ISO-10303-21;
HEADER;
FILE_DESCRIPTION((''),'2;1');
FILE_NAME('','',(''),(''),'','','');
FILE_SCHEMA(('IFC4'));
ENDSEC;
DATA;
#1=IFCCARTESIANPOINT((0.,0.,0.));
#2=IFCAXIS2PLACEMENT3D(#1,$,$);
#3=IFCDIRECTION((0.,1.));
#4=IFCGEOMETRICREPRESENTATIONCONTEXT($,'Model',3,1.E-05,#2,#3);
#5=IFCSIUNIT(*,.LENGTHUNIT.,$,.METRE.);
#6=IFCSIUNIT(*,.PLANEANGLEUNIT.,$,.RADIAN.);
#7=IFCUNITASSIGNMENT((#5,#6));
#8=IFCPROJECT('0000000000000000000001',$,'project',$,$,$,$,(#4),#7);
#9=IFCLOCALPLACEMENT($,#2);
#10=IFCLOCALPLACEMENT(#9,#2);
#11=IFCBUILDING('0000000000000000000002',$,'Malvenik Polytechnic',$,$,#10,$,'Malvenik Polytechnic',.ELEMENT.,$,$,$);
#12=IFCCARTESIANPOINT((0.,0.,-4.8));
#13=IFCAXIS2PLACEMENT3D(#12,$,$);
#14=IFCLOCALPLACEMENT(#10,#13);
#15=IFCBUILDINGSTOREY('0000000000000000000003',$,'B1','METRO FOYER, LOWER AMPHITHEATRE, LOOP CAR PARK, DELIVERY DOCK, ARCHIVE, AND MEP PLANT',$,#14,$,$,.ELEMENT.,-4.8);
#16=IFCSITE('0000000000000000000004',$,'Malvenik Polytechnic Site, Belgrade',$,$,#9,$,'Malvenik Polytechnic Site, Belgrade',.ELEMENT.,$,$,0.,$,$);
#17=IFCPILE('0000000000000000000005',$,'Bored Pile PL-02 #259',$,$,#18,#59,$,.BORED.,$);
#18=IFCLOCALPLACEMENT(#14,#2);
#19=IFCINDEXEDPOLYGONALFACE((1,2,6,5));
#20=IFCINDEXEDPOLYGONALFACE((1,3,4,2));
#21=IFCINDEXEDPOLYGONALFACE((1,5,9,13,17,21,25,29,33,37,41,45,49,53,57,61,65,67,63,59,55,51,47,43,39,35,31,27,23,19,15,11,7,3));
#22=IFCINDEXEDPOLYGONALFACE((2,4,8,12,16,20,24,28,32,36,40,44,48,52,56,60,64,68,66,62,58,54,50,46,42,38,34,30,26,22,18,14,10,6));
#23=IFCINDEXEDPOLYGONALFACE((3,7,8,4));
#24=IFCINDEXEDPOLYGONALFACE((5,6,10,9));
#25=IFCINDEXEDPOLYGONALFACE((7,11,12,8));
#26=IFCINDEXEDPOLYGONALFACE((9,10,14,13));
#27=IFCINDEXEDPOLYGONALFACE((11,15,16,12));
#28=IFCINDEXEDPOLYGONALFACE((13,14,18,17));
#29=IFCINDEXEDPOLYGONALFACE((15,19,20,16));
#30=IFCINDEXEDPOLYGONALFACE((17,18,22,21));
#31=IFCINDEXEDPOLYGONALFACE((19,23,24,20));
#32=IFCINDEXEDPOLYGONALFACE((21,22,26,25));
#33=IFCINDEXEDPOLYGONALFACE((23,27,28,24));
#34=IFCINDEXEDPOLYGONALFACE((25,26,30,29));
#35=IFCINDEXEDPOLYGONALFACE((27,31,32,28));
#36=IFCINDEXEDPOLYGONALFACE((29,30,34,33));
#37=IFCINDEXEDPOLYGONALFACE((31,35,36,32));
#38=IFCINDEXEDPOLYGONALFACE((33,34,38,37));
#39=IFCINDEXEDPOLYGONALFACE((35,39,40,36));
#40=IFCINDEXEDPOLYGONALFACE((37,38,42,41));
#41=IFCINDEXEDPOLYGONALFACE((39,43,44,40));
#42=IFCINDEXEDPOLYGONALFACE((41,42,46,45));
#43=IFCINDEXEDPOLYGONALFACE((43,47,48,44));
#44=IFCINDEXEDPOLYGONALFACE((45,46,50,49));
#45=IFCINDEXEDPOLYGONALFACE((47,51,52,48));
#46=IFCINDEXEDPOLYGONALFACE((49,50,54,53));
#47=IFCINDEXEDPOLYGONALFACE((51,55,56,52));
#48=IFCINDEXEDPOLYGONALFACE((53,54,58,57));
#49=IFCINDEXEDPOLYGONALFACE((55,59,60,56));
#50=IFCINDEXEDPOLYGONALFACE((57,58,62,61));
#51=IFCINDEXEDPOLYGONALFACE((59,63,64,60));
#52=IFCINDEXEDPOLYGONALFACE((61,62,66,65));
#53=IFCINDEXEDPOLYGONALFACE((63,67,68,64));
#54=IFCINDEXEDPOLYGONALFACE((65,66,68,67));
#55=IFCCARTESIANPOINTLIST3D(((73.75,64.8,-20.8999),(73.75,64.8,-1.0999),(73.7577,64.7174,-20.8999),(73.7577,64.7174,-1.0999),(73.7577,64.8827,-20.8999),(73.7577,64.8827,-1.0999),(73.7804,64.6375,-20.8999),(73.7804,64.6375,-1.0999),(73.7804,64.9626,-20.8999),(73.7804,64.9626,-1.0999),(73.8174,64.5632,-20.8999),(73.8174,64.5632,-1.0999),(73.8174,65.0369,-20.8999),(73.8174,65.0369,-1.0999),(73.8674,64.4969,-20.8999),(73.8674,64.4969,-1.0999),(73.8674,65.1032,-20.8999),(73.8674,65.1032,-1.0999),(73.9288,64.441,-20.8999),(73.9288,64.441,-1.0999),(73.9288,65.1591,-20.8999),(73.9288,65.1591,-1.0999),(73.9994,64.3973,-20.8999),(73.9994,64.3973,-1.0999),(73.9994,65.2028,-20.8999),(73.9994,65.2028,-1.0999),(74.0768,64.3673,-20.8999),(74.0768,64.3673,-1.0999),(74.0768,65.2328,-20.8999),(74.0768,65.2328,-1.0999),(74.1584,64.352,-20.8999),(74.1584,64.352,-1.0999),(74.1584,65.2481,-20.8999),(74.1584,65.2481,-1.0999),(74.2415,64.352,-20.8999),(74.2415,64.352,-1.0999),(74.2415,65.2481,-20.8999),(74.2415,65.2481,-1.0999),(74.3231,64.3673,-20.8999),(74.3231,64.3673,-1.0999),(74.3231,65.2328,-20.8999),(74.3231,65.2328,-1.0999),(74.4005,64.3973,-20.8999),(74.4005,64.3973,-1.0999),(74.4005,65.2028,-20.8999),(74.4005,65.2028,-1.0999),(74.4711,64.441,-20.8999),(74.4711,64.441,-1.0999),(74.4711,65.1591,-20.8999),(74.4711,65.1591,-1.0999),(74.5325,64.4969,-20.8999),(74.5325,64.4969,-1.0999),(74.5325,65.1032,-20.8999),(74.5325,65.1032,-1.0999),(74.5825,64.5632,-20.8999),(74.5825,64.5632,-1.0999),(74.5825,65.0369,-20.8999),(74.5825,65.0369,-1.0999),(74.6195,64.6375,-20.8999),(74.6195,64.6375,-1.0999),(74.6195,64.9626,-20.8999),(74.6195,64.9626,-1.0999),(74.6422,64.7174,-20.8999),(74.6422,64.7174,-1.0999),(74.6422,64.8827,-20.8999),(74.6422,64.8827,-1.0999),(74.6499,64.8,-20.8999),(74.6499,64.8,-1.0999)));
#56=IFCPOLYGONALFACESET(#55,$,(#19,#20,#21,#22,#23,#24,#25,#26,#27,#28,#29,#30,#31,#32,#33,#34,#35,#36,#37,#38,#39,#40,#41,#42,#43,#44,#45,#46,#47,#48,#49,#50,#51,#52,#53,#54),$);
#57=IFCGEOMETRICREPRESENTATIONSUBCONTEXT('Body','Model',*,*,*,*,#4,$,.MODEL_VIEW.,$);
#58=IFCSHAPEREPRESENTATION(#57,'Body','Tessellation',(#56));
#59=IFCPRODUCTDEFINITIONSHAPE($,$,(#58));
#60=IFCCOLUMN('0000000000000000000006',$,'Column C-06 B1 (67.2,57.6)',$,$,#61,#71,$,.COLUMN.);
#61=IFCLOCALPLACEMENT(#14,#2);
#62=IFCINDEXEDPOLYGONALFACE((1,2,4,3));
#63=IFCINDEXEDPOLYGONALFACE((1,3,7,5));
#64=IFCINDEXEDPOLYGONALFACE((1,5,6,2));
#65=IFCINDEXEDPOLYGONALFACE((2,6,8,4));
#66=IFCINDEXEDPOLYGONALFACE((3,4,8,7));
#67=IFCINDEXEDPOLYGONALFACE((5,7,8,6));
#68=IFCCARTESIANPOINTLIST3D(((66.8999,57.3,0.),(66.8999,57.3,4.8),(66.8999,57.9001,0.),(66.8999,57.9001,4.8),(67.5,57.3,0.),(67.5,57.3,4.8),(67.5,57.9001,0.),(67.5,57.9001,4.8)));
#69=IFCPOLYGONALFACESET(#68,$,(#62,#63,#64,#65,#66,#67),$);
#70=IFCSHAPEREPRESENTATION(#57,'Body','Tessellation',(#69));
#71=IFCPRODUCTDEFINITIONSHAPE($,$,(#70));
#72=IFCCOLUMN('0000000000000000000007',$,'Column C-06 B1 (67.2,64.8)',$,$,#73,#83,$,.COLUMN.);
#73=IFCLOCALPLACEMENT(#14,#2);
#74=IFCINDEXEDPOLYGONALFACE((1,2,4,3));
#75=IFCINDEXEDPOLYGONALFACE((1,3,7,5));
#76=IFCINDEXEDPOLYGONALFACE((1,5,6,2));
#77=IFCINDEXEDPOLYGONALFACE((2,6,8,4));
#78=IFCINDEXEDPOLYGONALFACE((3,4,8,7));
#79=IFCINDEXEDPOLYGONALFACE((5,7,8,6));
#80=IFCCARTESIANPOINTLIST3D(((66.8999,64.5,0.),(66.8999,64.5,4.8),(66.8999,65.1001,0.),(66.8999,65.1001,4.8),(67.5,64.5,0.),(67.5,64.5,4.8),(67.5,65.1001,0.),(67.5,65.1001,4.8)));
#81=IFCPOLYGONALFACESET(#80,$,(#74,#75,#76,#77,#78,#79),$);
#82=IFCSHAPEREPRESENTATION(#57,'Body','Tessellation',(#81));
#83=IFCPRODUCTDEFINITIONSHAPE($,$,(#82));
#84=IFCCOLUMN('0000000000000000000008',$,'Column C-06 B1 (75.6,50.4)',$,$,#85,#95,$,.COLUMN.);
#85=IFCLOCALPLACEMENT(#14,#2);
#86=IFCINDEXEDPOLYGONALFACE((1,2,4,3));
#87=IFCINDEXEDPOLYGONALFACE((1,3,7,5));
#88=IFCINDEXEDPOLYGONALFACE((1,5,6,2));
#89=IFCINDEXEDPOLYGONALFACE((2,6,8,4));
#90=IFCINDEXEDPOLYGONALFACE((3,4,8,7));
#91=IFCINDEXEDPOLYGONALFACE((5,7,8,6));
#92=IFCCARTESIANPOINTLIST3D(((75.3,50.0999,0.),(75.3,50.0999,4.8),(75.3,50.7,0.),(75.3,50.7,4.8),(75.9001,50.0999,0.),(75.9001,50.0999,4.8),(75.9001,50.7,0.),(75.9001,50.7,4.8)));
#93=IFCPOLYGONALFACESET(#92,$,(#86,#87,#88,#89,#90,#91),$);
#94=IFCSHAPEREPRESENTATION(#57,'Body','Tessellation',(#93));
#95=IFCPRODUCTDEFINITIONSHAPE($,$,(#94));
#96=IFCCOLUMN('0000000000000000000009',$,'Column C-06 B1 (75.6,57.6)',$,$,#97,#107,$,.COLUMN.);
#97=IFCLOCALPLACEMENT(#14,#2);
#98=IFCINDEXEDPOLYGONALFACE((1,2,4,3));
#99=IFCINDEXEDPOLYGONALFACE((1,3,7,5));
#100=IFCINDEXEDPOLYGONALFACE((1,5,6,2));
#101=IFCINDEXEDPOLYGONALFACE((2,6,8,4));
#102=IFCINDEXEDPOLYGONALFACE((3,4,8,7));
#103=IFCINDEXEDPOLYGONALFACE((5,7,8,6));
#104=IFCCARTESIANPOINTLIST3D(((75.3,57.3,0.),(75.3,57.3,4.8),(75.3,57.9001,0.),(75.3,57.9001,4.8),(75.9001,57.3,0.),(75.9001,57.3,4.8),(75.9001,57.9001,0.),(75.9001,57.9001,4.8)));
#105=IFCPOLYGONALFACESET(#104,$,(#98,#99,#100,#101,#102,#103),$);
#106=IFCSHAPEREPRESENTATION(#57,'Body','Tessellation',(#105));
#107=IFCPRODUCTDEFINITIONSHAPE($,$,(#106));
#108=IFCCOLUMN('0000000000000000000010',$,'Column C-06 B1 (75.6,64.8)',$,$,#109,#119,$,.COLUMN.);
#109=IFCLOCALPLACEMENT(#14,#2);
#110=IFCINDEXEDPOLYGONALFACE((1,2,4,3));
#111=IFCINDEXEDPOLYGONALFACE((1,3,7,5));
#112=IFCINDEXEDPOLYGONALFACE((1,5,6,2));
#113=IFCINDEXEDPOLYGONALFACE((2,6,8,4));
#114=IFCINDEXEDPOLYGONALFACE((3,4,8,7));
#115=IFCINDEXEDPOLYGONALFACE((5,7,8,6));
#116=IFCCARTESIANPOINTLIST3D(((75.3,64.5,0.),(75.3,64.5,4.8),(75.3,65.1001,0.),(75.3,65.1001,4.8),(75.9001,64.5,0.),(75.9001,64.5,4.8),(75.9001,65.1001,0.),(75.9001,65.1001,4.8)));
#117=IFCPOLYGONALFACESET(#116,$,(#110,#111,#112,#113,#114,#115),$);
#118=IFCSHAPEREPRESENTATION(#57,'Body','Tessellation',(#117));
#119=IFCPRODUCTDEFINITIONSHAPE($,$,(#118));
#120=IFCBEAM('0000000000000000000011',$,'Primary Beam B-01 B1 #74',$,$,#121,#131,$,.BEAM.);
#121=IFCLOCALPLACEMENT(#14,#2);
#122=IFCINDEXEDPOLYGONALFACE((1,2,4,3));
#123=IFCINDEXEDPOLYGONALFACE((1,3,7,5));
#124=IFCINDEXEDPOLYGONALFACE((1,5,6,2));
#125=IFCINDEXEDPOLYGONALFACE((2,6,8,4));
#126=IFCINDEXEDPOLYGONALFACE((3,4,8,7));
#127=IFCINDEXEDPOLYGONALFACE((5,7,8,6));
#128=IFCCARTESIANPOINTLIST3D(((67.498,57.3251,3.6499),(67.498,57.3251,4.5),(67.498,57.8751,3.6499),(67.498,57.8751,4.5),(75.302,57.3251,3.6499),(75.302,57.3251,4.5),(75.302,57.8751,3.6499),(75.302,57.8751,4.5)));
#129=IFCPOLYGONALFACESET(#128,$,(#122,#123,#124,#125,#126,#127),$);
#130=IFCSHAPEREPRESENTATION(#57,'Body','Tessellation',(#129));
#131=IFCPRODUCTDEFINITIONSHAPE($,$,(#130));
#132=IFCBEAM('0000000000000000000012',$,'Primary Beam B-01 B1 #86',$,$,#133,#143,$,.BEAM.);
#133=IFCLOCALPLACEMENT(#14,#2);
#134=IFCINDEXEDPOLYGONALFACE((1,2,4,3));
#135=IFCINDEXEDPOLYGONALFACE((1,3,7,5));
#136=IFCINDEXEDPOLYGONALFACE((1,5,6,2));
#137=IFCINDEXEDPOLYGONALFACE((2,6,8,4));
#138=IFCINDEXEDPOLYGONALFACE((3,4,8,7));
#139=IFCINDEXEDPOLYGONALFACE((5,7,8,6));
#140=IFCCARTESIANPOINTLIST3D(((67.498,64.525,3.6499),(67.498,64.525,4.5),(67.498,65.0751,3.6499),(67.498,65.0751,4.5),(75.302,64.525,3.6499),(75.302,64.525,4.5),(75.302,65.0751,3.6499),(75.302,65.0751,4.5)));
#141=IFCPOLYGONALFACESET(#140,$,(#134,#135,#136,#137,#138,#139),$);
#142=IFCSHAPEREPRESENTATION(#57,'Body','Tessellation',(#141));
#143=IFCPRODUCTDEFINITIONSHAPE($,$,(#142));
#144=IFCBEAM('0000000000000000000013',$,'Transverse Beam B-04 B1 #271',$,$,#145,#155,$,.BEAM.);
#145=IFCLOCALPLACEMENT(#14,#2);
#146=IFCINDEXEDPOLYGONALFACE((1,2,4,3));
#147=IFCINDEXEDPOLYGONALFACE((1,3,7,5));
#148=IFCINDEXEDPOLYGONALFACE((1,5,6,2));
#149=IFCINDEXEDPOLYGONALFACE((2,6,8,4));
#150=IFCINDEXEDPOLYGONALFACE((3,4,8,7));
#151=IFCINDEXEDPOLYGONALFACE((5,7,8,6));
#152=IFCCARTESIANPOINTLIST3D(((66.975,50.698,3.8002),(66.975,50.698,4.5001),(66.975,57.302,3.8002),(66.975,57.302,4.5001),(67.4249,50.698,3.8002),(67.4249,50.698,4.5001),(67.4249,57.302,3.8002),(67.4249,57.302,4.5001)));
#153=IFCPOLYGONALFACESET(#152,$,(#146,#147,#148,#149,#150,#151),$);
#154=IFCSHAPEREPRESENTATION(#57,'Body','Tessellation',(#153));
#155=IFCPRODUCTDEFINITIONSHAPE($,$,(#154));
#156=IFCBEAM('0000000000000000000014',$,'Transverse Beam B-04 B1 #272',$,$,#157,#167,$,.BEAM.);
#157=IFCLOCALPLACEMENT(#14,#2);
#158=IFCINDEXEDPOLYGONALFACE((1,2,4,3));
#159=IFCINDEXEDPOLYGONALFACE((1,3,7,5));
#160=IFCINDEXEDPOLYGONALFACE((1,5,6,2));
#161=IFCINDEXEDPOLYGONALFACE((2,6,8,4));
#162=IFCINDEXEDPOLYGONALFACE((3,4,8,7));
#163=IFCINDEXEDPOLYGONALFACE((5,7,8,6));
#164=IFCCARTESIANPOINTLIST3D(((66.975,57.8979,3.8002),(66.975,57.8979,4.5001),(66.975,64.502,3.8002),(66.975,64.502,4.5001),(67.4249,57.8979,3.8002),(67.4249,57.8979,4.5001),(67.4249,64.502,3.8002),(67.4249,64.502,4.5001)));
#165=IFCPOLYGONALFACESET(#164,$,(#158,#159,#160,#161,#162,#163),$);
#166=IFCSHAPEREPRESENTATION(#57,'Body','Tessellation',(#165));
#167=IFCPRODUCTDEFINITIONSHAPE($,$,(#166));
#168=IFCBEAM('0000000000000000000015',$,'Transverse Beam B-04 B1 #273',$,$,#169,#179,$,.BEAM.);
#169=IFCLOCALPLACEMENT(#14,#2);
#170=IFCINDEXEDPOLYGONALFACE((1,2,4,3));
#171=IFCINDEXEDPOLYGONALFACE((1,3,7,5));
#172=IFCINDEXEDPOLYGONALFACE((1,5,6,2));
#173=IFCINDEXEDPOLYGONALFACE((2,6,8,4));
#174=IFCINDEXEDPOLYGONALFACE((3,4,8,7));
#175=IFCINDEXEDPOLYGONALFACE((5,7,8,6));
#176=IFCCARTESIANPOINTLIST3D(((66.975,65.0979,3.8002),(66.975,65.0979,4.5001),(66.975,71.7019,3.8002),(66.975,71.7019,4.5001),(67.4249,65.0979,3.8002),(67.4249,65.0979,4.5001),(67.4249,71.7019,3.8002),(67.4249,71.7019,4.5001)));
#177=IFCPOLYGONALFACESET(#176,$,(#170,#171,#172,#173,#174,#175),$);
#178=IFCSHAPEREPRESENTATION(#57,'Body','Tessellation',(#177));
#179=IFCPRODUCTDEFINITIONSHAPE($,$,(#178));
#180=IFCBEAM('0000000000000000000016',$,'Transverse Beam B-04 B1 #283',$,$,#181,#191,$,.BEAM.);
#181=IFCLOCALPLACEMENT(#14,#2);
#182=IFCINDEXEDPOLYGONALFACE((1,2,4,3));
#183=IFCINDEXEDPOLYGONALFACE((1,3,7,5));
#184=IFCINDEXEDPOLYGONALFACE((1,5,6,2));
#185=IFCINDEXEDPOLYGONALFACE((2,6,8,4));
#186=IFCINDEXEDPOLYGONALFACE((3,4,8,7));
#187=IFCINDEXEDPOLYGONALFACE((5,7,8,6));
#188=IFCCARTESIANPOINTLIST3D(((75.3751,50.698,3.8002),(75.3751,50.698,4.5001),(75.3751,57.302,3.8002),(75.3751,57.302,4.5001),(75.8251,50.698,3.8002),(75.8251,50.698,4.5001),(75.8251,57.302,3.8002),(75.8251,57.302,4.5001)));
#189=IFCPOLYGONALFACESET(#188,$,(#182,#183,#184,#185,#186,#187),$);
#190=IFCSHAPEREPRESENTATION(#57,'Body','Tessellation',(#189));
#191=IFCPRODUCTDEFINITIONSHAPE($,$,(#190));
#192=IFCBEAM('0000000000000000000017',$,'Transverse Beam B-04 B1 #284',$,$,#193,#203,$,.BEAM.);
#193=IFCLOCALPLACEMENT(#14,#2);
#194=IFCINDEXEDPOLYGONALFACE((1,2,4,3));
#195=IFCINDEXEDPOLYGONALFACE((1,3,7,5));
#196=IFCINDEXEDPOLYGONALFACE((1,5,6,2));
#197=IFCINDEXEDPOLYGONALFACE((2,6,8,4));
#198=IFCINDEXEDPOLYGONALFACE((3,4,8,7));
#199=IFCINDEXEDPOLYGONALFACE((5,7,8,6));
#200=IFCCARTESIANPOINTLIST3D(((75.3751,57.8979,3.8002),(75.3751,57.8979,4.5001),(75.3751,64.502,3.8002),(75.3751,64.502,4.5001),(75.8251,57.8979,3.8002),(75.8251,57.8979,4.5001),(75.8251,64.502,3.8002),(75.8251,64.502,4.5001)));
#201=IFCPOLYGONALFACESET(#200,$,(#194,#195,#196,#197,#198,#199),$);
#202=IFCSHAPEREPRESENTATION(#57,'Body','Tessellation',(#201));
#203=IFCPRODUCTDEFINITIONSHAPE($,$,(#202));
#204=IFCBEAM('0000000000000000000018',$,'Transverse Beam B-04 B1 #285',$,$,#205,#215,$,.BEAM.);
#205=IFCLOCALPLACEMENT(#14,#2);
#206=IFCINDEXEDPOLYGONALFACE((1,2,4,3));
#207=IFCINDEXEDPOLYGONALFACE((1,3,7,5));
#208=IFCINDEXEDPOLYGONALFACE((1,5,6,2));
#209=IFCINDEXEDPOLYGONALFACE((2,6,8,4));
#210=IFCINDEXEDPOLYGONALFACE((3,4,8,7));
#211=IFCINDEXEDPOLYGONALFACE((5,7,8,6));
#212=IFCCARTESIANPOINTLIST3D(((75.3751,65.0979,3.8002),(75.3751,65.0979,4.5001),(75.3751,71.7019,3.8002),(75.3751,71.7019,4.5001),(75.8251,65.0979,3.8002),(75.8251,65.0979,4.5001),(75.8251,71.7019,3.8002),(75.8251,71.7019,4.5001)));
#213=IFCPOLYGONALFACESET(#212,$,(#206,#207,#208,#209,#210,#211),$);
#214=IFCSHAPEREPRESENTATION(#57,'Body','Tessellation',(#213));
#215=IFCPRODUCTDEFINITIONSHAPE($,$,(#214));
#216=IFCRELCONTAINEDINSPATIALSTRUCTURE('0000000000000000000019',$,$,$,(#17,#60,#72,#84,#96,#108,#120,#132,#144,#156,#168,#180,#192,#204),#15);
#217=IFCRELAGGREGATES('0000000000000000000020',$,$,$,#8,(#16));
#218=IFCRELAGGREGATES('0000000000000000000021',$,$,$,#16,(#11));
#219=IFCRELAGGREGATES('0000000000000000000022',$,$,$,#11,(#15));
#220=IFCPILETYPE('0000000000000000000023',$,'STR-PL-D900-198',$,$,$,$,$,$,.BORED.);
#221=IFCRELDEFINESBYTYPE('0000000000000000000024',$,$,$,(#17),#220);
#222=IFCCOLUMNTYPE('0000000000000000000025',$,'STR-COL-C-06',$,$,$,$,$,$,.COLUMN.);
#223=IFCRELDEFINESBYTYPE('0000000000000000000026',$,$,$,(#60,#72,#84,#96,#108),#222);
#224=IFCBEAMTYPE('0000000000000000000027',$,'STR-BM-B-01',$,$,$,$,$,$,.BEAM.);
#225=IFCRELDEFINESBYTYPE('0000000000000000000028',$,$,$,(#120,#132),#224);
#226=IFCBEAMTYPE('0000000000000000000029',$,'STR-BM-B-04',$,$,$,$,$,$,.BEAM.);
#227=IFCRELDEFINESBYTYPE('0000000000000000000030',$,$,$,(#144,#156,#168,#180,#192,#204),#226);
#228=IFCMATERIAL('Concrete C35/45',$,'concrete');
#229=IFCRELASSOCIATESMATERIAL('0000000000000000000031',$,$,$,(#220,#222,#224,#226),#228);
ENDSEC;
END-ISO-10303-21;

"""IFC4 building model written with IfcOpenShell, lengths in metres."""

from ifc_helpers import new_model, si_unit, direction, frame, origin, origin_2d, place, context, subcontext, project, spatial, rectangle, circle, extrude, material, material_profile, profile_set, type_object, element, save


model = new_model("IFC4")

# Units and contexts
model_context = context("Model", 3, precision=1e-05, world=origin(), true_north=direction((0.0, 1.0)))
body_context = subcontext(model_context, "Body", "Model", "MODEL_VIEW")
ifc_project = project(units=[si_unit("LENGTHUNIT", "METRE"), si_unit("PLANEANGLEUNIT", "RADIAN")], contexts=[model_context])

# Site, building, storey
site_placement = place(None, origin())
site = spatial("IfcSite", under=ifc_project, at=site_placement, Name="Malvenik Polytechnic Site, Belgrade", LongName="Malvenik Polytechnic Site, Belgrade", CompositionType="ELEMENT", RefElevation=0.0)
building_placement = place(site_placement, origin())
building = spatial("IfcBuilding", under=site, at=building_placement, Name="Malvenik Polytechnic", LongName="Malvenik Polytechnic", CompositionType="ELEMENT")
storey_placement = place(building_placement, frame((0.0, 0.0, -4.8)))
storey = spatial("IfcBuildingStorey", under=building, at=storey_placement, Name="B1", Description="METRO FOYER, LOWER AMPHITHEATRE, LOOP CAR PARK, DELIVERY DOCK, ARCHIVE, AND MEP PLANT", CompositionType="ELEMENT", Elevation=-4.8)

# Shared definitions
ifc_material_1 = material(Name="Concrete C35/45", Category="concrete")

# Pile
ifc_material_profile_1 = material_profile(ifc_material_1, circle(Radius=0.45, at=origin_2d()), Name="BORED PILE D900")
ifc_profile_set_1 = profile_set([ifc_material_profile_1], Name="Concrete C35/45")
pile_type = type_object("IfcPileType", Name="STR-PL-D900-198", PredefinedType="BORED", material=ifc_profile_set_1)
for number, where, z_axis, x_axis, name in (
    (1, (74.2, 64.8, -1.0999), (0.0, 0.0, -1.0), (1.0, 0.0, 0.0), "Bored Pile PL-02 #259"),
):
    element("IfcPile", number, at=place(storey_placement, frame(where, z_axis=z_axis, x_axis=x_axis)), inside=storey, type_object=pile_type, Name=name, PredefinedType="BORED", context=body_context, shape_type="SweptSolid", body=[
        extrude(circle(Radius=0.45, at=origin_2d()), origin(), (0.0, 0.0, 1.0), 19.8),
    ])

# Columns
ifc_material_profile_2 = material_profile(ifc_material_1, rectangle(XDim=0.6001, YDim=0.6001, at=origin_2d()), Name="RC COL 600x600")
ifc_profile_set_2 = profile_set([ifc_material_profile_2], Name="Concrete C35/45")
column_type = type_object("IfcColumnType", Name="STR-COL-C-06", PredefinedType="COLUMN", material=ifc_profile_set_2)
for number, where, z_axis, x_axis, name in (
    (2, (67.2, 57.6001, 0.0), (0.0, 0.0, 1.0), (1.0, 0.0, 0.0), "Column C-06 B1 (67.2,57.6)"),
    (3, (67.2, 64.8, 0.0), (0.0, 0.0, 1.0), (1.0, 0.0, 0.0), "Column C-06 B1 (67.2,64.8)"),
    (4, (75.6001, 50.3999, 0.0), (0.0, 0.0, 1.0), (1.0, 0.0, 0.0), "Column C-06 B1 (75.6,50.4)"),
    (5, (75.6001, 57.6001, 0.0), (0.0, 0.0, 1.0), (1.0, 0.0, 0.0), "Column C-06 B1 (75.6,57.6)"),
    (6, (75.6001, 64.8, 0.0), (0.0, 0.0, 1.0), (1.0, 0.0, 0.0), "Column C-06 B1 (75.6,64.8)"),
):
    element("IfcColumn", number, at=place(storey_placement, frame(where, z_axis=z_axis, x_axis=x_axis)), inside=storey, type_object=column_type, Name=name, PredefinedType="COLUMN", context=body_context, shape_type="SweptSolid", body=[
        extrude(rectangle(XDim=0.6001, YDim=0.6001, at=origin_2d()), origin(), (0.0, 0.0, 1.0), 4.8),
    ])

# Beams
ifc_material_profile_3 = material_profile(ifc_material_1, rectangle(XDim=0.55, YDim=0.8501, at=origin_2d()), Name="RC BM 550x850")
ifc_profile_set_3 = profile_set([ifc_material_profile_3], Name="Concrete C35/45")
beam_type_1 = type_object("IfcBeamType", Name="STR-BM-B-01", PredefinedType="BEAM", material=ifc_profile_set_3)
for number, where, z_axis, x_axis, name in (
    (7, (67.498, 57.6001, 4.075), (1.0, 0.0, 0.0), (0.0, 1.0, 0.0), "Primary Beam B-01 B1 #74"),
    (8, (67.498, 64.8, 4.075), (1.0, 0.0, 0.0), (0.0, 1.0, 0.0), "Primary Beam B-01 B1 #86"),
):
    element("IfcBeam", number, at=place(storey_placement, frame(where, z_axis=z_axis, x_axis=x_axis)), inside=storey, type_object=beam_type_1, Name=name, PredefinedType="BEAM", context=body_context, shape_type="SweptSolid", body=[
        extrude(rectangle(XDim=0.55, YDim=0.8501, at=origin_2d()), origin(), (0.0, 0.0, 1.0), 7.804),
    ])
ifc_material_profile_4 = material_profile(ifc_material_1, rectangle(XDim=0.45, YDim=0.7, at=origin_2d()), Name="RC BM 450x700")
ifc_profile_set_4 = profile_set([ifc_material_profile_4], Name="Concrete C35/45")
beam_type_2 = type_object("IfcBeamType", Name="STR-BM-B-04", PredefinedType="BEAM", material=ifc_profile_set_4)
for number, where, z_axis, x_axis, name in (
    (9, (67.2, 50.698, 4.1501), (0.0, 1.0, 0.0), (-1.0, 0.0, 0.0), "Transverse Beam B-04 B1 #271"),
    (10, (67.2, 57.8979, 4.1501), (0.0, 1.0, 0.0), (-1.0, 0.0, 0.0), "Transverse Beam B-04 B1 #272"),
    (11, (67.2, 65.0979, 4.1501), (0.0, 1.0, 0.0), (-1.0, 0.0, 0.0), "Transverse Beam B-04 B1 #273"),
    (12, (75.6001, 50.698, 4.1501), (0.0, 1.0, 0.0), (-1.0, 0.0, 0.0), "Transverse Beam B-04 B1 #283"),
    (13, (75.6001, 57.8979, 4.1501), (0.0, 1.0, 0.0), (-1.0, 0.0, 0.0), "Transverse Beam B-04 B1 #284"),
    (14, (75.6001, 65.0979, 4.1501), (0.0, 1.0, 0.0), (-1.0, 0.0, 0.0), "Transverse Beam B-04 B1 #285"),
):
    element("IfcBeam", number, at=place(storey_placement, frame(where, z_axis=z_axis, x_axis=x_axis)), inside=storey, type_object=beam_type_2, Name=name, PredefinedType="BEAM", context=body_context, shape_type="SweptSolid", body=[
        extrude(rectangle(XDim=0.45, YDim=0.7, at=origin_2d()), origin(), (0.0, 0.0, 1.0), 6.604),
    ])

save(model, "model.ifc")
